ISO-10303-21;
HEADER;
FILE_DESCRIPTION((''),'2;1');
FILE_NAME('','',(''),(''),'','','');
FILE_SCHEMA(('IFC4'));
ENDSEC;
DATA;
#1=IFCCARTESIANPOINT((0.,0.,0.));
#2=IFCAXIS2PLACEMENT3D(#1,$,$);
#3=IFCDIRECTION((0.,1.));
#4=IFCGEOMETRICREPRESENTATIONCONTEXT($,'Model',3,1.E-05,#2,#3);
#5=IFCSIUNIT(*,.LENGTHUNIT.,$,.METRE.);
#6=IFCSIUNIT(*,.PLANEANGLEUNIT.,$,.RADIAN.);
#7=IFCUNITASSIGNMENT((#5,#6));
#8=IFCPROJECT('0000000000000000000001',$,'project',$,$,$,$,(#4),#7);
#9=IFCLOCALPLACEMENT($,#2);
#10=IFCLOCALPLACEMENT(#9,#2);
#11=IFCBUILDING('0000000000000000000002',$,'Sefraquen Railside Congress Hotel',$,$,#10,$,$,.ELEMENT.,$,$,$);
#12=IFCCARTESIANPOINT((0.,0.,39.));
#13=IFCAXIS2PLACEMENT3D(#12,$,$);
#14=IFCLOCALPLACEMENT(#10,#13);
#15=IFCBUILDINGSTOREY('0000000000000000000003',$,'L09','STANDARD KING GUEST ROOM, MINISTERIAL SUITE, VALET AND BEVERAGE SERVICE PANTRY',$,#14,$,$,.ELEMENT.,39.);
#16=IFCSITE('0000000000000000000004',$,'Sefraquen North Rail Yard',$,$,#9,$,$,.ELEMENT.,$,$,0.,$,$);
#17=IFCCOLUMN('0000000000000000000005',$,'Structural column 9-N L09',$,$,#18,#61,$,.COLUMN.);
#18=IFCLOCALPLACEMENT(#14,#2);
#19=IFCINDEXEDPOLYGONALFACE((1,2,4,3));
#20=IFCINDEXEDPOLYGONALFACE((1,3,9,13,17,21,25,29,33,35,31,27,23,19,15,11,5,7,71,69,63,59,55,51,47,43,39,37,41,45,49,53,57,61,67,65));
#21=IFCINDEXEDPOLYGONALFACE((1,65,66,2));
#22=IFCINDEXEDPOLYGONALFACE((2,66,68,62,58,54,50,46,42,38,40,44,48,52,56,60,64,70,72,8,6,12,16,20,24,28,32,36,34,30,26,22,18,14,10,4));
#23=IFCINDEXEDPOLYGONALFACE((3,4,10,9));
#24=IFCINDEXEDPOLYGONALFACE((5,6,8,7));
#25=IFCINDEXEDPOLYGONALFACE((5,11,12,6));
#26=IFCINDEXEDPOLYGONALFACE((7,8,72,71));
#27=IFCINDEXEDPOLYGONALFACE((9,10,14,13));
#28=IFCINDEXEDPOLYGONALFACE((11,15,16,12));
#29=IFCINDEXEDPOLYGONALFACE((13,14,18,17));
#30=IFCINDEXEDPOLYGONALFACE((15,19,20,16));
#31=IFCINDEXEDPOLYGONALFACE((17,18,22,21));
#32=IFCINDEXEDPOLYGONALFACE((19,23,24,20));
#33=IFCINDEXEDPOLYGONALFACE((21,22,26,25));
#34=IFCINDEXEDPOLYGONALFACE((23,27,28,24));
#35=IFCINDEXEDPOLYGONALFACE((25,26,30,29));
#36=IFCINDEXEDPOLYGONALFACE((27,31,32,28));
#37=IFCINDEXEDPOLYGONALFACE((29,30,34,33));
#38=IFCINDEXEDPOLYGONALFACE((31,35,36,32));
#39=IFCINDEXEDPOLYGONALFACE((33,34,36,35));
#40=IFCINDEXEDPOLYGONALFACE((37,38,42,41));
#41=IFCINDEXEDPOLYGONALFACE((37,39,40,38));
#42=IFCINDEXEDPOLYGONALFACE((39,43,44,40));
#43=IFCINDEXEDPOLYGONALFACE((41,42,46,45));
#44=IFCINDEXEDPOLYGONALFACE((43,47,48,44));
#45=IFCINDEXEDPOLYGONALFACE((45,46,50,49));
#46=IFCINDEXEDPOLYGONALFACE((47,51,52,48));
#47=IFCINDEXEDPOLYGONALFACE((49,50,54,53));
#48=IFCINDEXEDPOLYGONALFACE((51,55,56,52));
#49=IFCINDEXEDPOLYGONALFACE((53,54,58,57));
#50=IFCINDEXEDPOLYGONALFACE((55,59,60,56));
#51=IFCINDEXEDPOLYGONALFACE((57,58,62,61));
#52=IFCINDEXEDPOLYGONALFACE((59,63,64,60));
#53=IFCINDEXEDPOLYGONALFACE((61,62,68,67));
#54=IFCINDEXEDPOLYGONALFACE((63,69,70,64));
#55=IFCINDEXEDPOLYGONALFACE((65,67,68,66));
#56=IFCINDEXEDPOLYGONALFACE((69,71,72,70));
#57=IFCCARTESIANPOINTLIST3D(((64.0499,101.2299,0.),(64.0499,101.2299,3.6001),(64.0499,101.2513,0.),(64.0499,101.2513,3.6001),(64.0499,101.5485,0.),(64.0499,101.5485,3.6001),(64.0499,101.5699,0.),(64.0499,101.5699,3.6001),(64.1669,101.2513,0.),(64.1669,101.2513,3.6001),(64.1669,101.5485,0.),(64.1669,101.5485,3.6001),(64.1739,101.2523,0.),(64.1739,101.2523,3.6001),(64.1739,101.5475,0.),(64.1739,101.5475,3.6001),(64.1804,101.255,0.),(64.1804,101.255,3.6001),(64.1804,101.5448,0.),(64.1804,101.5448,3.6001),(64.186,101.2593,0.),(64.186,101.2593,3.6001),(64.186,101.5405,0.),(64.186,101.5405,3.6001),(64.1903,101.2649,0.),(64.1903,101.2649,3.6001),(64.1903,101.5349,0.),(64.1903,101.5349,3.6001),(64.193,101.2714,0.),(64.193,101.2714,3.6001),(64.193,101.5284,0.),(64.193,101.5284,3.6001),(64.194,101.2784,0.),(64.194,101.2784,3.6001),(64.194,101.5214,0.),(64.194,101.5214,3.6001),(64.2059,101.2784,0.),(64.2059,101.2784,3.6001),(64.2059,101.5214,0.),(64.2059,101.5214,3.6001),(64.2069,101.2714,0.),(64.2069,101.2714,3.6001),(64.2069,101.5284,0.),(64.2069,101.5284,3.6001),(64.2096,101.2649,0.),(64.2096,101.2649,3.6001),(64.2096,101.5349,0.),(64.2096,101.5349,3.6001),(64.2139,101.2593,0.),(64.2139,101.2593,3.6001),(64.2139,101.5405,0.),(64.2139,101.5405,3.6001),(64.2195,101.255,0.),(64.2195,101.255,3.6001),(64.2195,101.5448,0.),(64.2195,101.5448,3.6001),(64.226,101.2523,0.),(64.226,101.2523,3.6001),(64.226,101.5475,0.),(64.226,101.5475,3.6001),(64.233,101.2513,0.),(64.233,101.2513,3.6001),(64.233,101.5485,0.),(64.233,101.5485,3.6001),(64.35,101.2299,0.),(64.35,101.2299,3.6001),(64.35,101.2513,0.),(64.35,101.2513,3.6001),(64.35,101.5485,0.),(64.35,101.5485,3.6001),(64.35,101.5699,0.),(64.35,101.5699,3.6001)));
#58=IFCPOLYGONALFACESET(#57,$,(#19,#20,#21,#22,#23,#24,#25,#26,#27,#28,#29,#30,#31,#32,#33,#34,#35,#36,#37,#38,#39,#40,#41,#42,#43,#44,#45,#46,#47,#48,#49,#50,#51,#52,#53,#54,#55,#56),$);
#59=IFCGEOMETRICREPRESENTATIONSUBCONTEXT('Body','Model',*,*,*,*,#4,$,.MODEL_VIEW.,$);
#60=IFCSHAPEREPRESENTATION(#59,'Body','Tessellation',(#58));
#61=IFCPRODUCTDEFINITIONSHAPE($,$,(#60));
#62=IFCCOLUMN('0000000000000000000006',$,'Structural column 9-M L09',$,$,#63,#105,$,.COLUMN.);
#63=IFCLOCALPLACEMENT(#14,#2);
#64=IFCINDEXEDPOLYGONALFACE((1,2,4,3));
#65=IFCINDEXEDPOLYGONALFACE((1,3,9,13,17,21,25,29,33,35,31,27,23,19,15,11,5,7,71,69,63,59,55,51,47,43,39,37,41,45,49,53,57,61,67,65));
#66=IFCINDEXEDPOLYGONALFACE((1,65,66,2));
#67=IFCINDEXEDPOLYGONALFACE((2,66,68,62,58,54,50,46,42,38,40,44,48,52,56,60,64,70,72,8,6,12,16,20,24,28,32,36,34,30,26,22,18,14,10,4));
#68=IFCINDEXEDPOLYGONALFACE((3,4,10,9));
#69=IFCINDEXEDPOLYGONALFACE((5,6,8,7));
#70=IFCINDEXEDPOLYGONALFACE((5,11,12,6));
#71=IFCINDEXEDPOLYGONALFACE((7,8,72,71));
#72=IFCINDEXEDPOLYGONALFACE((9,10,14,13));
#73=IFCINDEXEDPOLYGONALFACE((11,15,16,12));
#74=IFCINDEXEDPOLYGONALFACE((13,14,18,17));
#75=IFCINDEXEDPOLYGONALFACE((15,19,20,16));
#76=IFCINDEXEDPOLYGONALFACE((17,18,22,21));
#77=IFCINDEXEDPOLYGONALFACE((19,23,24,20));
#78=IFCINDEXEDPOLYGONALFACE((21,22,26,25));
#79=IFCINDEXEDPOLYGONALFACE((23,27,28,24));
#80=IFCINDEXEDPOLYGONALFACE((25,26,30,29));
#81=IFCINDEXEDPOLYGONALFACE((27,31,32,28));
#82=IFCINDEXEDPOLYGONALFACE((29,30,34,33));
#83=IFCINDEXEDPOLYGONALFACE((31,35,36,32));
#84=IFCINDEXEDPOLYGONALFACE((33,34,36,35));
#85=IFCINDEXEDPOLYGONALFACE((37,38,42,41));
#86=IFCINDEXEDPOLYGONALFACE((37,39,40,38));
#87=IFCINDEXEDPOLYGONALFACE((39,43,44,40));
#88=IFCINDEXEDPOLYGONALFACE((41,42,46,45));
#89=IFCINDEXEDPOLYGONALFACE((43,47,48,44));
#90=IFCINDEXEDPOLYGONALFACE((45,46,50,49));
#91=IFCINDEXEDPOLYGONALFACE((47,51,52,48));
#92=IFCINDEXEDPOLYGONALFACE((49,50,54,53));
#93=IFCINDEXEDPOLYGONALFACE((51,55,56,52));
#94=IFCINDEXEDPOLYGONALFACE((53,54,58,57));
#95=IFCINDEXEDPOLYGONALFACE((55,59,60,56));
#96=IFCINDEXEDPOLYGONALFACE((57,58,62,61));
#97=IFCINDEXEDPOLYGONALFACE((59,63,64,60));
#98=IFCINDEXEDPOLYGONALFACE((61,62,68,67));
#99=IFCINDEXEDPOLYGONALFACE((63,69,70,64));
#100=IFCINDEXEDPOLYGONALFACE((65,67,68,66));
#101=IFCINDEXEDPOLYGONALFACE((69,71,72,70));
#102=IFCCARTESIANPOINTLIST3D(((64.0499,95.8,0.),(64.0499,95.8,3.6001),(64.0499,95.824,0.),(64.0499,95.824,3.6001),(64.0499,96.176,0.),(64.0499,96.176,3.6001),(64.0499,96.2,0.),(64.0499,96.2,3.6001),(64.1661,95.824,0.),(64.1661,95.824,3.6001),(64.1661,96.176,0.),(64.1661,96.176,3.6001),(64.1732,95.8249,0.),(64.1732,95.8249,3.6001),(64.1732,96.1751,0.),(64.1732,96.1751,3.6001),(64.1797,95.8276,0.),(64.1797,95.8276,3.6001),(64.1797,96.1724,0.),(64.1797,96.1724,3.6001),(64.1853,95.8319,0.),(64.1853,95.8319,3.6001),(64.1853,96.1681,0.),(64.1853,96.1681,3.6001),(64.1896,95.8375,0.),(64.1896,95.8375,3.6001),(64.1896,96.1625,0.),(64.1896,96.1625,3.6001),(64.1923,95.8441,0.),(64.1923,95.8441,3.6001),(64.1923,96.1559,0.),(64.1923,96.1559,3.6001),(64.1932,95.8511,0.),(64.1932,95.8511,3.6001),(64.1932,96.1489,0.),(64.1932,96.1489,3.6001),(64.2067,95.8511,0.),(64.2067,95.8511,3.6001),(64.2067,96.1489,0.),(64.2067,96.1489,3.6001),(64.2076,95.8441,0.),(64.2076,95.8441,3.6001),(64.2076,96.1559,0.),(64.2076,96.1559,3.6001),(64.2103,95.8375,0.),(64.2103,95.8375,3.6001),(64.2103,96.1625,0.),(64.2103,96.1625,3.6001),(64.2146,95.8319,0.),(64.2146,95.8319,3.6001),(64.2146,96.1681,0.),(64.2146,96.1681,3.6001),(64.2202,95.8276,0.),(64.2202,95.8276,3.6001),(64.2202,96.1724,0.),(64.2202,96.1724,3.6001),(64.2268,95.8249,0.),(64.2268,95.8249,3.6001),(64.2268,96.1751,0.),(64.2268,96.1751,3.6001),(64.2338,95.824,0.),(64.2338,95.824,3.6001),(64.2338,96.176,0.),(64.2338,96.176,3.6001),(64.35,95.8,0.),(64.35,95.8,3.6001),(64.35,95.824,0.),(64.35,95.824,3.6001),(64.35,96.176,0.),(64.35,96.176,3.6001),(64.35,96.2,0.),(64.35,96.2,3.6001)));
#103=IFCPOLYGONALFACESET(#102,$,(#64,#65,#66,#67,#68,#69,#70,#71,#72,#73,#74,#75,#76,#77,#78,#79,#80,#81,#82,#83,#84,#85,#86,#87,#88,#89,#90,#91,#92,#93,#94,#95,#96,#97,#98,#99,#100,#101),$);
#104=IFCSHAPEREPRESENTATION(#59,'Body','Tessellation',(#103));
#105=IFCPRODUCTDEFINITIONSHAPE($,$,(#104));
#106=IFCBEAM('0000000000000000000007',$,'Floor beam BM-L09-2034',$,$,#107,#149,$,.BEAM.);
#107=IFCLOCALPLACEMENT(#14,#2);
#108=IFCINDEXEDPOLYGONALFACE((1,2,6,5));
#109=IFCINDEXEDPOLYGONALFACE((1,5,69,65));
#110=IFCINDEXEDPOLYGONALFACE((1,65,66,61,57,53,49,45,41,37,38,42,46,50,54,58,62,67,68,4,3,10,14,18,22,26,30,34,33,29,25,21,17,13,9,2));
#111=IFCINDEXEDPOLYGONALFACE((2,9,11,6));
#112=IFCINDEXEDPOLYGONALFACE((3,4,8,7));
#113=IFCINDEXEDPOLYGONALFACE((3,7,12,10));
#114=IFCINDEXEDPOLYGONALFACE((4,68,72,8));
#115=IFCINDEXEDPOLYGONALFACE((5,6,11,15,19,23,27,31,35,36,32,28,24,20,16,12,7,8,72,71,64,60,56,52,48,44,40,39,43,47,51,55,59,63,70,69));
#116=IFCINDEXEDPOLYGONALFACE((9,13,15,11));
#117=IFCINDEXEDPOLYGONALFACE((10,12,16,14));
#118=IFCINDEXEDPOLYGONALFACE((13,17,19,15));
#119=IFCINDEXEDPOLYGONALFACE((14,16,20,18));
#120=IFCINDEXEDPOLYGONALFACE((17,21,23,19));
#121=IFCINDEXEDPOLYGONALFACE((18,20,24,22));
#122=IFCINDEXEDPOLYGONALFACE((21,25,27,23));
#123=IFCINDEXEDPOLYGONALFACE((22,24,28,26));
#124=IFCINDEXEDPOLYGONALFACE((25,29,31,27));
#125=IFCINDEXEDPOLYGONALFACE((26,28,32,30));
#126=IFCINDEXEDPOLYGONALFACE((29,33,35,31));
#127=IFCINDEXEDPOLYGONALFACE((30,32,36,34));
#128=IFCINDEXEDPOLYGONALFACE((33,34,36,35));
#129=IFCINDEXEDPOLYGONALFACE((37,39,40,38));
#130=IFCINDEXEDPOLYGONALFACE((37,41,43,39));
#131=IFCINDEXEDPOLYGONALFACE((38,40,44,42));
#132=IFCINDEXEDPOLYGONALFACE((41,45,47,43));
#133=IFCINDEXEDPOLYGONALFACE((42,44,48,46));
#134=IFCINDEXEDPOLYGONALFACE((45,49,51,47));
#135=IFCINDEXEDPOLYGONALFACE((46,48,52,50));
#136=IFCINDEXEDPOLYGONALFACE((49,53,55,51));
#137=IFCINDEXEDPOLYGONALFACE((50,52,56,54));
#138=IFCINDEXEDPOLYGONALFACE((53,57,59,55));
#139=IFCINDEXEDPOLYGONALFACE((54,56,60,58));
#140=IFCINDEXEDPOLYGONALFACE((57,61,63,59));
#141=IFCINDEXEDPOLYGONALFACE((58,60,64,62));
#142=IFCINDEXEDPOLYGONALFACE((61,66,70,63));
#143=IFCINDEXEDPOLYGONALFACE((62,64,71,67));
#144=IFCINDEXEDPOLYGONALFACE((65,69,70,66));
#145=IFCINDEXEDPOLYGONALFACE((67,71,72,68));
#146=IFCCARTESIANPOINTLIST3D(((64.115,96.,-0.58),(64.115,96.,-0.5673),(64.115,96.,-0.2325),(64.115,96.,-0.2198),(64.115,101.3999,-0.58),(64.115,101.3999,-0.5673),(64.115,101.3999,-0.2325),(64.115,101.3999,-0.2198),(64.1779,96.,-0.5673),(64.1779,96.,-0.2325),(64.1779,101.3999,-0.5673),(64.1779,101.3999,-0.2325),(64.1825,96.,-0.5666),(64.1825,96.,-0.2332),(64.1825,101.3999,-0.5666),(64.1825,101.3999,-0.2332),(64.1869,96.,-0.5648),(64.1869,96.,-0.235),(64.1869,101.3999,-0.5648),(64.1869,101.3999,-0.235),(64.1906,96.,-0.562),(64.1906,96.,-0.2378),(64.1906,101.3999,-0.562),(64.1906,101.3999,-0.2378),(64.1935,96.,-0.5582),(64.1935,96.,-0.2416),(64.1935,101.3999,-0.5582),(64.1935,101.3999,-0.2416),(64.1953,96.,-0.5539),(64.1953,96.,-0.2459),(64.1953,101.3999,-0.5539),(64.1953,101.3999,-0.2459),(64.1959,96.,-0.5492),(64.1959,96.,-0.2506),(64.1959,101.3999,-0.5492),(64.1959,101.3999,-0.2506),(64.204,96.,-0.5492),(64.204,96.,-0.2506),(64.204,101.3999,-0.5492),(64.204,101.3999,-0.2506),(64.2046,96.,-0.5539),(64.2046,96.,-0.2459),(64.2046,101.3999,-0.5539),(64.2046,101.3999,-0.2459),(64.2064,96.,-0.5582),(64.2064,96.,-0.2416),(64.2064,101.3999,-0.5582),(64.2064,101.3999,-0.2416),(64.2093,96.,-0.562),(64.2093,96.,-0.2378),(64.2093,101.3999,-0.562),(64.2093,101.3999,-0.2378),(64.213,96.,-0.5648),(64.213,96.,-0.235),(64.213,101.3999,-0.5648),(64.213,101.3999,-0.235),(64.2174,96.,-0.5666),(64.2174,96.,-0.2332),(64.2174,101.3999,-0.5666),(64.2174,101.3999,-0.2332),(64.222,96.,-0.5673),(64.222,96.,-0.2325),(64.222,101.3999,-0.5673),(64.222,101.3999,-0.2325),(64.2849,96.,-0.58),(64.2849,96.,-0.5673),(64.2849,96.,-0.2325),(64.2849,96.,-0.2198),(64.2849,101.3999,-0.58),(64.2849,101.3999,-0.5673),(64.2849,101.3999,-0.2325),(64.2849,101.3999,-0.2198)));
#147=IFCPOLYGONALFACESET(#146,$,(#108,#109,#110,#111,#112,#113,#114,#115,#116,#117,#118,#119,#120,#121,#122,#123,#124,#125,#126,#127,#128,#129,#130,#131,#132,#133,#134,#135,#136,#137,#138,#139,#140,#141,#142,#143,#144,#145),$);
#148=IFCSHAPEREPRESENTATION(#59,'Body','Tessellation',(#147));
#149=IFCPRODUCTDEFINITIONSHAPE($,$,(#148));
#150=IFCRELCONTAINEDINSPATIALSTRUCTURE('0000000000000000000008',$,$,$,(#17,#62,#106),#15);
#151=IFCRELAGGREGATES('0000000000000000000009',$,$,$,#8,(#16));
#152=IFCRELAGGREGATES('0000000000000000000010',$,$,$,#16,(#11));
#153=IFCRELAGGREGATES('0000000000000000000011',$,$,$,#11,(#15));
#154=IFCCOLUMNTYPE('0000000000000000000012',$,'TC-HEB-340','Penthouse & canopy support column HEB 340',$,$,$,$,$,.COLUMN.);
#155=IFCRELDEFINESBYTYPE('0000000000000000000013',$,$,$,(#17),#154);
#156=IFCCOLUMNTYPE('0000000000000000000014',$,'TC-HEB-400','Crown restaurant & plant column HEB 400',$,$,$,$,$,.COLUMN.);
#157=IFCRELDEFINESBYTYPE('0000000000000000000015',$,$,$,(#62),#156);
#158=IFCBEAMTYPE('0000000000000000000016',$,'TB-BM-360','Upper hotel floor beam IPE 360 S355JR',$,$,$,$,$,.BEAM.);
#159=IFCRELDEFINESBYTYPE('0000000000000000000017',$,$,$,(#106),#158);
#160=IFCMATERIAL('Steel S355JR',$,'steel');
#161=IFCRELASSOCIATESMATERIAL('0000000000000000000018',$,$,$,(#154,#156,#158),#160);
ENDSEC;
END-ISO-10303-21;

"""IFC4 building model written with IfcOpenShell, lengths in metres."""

from ifc_helpers import new_model, si_unit, direction, frame, origin, origin_2d, place, context, subcontext, project, spatial, i_section, extrude, material, material_profile, profile_set, type_object, element, save


model = new_model("IFC4")

# Units and contexts
model_context = context("Model", 3, precision=1e-05, world=origin(), true_north=direction((0.0, 1.0)))
body_context = subcontext(model_context, "Body", "Model", "MODEL_VIEW")
ifc_project = project(units=[si_unit("LENGTHUNIT", "METRE"), si_unit("PLANEANGLEUNIT", "RADIAN")], contexts=[model_context])

# Site, building, storey
site_placement = place(None, origin())
site = spatial("IfcSite", under=ifc_project, at=site_placement, Name="Sefraquen North Rail Yard", CompositionType="ELEMENT", RefElevation=0.0)
building_placement = place(site_placement, origin())
building = spatial("IfcBuilding", under=site, at=building_placement, Name="Sefraquen Railside Congress Hotel", CompositionType="ELEMENT")
storey_placement = place(building_placement, frame((0.0, 0.0, 39.0)))
storey = spatial("IfcBuildingStorey", under=building, at=storey_placement, Name="L09", Description="STANDARD KING GUEST ROOM, MINISTERIAL SUITE, VALET AND BEVERAGE SERVICE PANTRY", CompositionType="ELEMENT", Elevation=39.0)

# Columns
ifc_material_1 = material(Name="Steel S355JR", Category="steel")
ifc_material_profile_1 = material_profile(ifc_material_1, i_section(OverallWidth=0.3, OverallDepth=0.3401, WebThickness=0.012, FlangeThickness=0.0215, FilletRadius=0.0271, at=origin_2d()), Name="HEB 340")
ifc_profile_set_1 = profile_set([ifc_material_profile_1], Name="Steel S355JR")
column_type_1 = type_object("IfcColumnType", Name="TC-HEB-340", Description="Penthouse & canopy support column HEB 340", PredefinedType="COLUMN", material=ifc_profile_set_1)
column_1_placement = place(storey_placement, frame((64.2, 101.3999, 0.0), z_axis=(0.0, 0.0, 1.0), x_axis=(1.0, 0.0, 0.0)))
element("IfcColumn", 1, at=column_1_placement, inside=storey, type_object=column_type_1, Name="Structural column 9-N L09", PredefinedType="COLUMN", context=body_context, shape_type="SweptSolid", body=[
    extrude(i_section(OverallWidth=0.3, OverallDepth=0.3401, WebThickness=0.012, FlangeThickness=0.0215, FilletRadius=0.0271, at=origin_2d()), origin(), (0.0, 0.0, 1.0), 3.6001),
])
ifc_material_profile_2 = material_profile(ifc_material_1, i_section(OverallWidth=0.3, OverallDepth=0.3999, WebThickness=0.0134, FlangeThickness=0.0239, FilletRadius=0.0271, at=origin_2d()), Name="HEB 400")
ifc_profile_set_2 = profile_set([ifc_material_profile_2], Name="Steel S355JR")
column_type_2 = type_object("IfcColumnType", Name="TC-HEB-400", Description="Crown restaurant & plant column HEB 400", PredefinedType="COLUMN", material=ifc_profile_set_2)
column_2_placement = place(storey_placement, frame((64.2, 96.0, 0.0), z_axis=(0.0, 0.0, 1.0), x_axis=(1.0, 0.0, 0.0)))
element("IfcColumn", 2, at=column_2_placement, inside=storey, type_object=column_type_2, Name="Structural column 9-M L09", PredefinedType="COLUMN", context=body_context, shape_type="SweptSolid", body=[
    extrude(i_section(OverallWidth=0.3, OverallDepth=0.3999, WebThickness=0.0134, FlangeThickness=0.0239, FilletRadius=0.0271, at=origin_2d()), origin(), (0.0, 0.0, 1.0), 3.6001),
])

# Beam
ifc_material_profile_3 = material_profile(ifc_material_1, i_section(OverallWidth=0.1699, OverallDepth=0.3601, WebThickness=0.0081, FlangeThickness=0.0127, FilletRadius=0.0181, at=origin_2d()), Name="IPE 360")
ifc_profile_set_3 = profile_set([ifc_material_profile_3], Name="Steel S355JR")
beam_type_1 = type_object("IfcBeamType", Name="TB-BM-360", Description="Upper hotel floor beam IPE 360 S355JR", PredefinedType="BEAM", material=ifc_profile_set_3)
beam_placement = place(storey_placement, frame((64.2, 96.0, -0.3999), z_axis=(0.0, 1.0, 0.0), x_axis=(-1.0, 0.0, 0.0)))
element("IfcBeam", 3, at=beam_placement, inside=storey, type_object=beam_type_1, Name="Floor beam BM-L09-2034", PredefinedType="BEAM", context=body_context, shape_type="SweptSolid", body=[
    extrude(i_section(OverallWidth=0.1699, OverallDepth=0.3601, WebThickness=0.0081, FlangeThickness=0.0127, FilletRadius=0.0181, at=origin_2d()), origin(), (0.0, 0.0, 1.0), 5.3999),
])

save(model, "model.ifc")
